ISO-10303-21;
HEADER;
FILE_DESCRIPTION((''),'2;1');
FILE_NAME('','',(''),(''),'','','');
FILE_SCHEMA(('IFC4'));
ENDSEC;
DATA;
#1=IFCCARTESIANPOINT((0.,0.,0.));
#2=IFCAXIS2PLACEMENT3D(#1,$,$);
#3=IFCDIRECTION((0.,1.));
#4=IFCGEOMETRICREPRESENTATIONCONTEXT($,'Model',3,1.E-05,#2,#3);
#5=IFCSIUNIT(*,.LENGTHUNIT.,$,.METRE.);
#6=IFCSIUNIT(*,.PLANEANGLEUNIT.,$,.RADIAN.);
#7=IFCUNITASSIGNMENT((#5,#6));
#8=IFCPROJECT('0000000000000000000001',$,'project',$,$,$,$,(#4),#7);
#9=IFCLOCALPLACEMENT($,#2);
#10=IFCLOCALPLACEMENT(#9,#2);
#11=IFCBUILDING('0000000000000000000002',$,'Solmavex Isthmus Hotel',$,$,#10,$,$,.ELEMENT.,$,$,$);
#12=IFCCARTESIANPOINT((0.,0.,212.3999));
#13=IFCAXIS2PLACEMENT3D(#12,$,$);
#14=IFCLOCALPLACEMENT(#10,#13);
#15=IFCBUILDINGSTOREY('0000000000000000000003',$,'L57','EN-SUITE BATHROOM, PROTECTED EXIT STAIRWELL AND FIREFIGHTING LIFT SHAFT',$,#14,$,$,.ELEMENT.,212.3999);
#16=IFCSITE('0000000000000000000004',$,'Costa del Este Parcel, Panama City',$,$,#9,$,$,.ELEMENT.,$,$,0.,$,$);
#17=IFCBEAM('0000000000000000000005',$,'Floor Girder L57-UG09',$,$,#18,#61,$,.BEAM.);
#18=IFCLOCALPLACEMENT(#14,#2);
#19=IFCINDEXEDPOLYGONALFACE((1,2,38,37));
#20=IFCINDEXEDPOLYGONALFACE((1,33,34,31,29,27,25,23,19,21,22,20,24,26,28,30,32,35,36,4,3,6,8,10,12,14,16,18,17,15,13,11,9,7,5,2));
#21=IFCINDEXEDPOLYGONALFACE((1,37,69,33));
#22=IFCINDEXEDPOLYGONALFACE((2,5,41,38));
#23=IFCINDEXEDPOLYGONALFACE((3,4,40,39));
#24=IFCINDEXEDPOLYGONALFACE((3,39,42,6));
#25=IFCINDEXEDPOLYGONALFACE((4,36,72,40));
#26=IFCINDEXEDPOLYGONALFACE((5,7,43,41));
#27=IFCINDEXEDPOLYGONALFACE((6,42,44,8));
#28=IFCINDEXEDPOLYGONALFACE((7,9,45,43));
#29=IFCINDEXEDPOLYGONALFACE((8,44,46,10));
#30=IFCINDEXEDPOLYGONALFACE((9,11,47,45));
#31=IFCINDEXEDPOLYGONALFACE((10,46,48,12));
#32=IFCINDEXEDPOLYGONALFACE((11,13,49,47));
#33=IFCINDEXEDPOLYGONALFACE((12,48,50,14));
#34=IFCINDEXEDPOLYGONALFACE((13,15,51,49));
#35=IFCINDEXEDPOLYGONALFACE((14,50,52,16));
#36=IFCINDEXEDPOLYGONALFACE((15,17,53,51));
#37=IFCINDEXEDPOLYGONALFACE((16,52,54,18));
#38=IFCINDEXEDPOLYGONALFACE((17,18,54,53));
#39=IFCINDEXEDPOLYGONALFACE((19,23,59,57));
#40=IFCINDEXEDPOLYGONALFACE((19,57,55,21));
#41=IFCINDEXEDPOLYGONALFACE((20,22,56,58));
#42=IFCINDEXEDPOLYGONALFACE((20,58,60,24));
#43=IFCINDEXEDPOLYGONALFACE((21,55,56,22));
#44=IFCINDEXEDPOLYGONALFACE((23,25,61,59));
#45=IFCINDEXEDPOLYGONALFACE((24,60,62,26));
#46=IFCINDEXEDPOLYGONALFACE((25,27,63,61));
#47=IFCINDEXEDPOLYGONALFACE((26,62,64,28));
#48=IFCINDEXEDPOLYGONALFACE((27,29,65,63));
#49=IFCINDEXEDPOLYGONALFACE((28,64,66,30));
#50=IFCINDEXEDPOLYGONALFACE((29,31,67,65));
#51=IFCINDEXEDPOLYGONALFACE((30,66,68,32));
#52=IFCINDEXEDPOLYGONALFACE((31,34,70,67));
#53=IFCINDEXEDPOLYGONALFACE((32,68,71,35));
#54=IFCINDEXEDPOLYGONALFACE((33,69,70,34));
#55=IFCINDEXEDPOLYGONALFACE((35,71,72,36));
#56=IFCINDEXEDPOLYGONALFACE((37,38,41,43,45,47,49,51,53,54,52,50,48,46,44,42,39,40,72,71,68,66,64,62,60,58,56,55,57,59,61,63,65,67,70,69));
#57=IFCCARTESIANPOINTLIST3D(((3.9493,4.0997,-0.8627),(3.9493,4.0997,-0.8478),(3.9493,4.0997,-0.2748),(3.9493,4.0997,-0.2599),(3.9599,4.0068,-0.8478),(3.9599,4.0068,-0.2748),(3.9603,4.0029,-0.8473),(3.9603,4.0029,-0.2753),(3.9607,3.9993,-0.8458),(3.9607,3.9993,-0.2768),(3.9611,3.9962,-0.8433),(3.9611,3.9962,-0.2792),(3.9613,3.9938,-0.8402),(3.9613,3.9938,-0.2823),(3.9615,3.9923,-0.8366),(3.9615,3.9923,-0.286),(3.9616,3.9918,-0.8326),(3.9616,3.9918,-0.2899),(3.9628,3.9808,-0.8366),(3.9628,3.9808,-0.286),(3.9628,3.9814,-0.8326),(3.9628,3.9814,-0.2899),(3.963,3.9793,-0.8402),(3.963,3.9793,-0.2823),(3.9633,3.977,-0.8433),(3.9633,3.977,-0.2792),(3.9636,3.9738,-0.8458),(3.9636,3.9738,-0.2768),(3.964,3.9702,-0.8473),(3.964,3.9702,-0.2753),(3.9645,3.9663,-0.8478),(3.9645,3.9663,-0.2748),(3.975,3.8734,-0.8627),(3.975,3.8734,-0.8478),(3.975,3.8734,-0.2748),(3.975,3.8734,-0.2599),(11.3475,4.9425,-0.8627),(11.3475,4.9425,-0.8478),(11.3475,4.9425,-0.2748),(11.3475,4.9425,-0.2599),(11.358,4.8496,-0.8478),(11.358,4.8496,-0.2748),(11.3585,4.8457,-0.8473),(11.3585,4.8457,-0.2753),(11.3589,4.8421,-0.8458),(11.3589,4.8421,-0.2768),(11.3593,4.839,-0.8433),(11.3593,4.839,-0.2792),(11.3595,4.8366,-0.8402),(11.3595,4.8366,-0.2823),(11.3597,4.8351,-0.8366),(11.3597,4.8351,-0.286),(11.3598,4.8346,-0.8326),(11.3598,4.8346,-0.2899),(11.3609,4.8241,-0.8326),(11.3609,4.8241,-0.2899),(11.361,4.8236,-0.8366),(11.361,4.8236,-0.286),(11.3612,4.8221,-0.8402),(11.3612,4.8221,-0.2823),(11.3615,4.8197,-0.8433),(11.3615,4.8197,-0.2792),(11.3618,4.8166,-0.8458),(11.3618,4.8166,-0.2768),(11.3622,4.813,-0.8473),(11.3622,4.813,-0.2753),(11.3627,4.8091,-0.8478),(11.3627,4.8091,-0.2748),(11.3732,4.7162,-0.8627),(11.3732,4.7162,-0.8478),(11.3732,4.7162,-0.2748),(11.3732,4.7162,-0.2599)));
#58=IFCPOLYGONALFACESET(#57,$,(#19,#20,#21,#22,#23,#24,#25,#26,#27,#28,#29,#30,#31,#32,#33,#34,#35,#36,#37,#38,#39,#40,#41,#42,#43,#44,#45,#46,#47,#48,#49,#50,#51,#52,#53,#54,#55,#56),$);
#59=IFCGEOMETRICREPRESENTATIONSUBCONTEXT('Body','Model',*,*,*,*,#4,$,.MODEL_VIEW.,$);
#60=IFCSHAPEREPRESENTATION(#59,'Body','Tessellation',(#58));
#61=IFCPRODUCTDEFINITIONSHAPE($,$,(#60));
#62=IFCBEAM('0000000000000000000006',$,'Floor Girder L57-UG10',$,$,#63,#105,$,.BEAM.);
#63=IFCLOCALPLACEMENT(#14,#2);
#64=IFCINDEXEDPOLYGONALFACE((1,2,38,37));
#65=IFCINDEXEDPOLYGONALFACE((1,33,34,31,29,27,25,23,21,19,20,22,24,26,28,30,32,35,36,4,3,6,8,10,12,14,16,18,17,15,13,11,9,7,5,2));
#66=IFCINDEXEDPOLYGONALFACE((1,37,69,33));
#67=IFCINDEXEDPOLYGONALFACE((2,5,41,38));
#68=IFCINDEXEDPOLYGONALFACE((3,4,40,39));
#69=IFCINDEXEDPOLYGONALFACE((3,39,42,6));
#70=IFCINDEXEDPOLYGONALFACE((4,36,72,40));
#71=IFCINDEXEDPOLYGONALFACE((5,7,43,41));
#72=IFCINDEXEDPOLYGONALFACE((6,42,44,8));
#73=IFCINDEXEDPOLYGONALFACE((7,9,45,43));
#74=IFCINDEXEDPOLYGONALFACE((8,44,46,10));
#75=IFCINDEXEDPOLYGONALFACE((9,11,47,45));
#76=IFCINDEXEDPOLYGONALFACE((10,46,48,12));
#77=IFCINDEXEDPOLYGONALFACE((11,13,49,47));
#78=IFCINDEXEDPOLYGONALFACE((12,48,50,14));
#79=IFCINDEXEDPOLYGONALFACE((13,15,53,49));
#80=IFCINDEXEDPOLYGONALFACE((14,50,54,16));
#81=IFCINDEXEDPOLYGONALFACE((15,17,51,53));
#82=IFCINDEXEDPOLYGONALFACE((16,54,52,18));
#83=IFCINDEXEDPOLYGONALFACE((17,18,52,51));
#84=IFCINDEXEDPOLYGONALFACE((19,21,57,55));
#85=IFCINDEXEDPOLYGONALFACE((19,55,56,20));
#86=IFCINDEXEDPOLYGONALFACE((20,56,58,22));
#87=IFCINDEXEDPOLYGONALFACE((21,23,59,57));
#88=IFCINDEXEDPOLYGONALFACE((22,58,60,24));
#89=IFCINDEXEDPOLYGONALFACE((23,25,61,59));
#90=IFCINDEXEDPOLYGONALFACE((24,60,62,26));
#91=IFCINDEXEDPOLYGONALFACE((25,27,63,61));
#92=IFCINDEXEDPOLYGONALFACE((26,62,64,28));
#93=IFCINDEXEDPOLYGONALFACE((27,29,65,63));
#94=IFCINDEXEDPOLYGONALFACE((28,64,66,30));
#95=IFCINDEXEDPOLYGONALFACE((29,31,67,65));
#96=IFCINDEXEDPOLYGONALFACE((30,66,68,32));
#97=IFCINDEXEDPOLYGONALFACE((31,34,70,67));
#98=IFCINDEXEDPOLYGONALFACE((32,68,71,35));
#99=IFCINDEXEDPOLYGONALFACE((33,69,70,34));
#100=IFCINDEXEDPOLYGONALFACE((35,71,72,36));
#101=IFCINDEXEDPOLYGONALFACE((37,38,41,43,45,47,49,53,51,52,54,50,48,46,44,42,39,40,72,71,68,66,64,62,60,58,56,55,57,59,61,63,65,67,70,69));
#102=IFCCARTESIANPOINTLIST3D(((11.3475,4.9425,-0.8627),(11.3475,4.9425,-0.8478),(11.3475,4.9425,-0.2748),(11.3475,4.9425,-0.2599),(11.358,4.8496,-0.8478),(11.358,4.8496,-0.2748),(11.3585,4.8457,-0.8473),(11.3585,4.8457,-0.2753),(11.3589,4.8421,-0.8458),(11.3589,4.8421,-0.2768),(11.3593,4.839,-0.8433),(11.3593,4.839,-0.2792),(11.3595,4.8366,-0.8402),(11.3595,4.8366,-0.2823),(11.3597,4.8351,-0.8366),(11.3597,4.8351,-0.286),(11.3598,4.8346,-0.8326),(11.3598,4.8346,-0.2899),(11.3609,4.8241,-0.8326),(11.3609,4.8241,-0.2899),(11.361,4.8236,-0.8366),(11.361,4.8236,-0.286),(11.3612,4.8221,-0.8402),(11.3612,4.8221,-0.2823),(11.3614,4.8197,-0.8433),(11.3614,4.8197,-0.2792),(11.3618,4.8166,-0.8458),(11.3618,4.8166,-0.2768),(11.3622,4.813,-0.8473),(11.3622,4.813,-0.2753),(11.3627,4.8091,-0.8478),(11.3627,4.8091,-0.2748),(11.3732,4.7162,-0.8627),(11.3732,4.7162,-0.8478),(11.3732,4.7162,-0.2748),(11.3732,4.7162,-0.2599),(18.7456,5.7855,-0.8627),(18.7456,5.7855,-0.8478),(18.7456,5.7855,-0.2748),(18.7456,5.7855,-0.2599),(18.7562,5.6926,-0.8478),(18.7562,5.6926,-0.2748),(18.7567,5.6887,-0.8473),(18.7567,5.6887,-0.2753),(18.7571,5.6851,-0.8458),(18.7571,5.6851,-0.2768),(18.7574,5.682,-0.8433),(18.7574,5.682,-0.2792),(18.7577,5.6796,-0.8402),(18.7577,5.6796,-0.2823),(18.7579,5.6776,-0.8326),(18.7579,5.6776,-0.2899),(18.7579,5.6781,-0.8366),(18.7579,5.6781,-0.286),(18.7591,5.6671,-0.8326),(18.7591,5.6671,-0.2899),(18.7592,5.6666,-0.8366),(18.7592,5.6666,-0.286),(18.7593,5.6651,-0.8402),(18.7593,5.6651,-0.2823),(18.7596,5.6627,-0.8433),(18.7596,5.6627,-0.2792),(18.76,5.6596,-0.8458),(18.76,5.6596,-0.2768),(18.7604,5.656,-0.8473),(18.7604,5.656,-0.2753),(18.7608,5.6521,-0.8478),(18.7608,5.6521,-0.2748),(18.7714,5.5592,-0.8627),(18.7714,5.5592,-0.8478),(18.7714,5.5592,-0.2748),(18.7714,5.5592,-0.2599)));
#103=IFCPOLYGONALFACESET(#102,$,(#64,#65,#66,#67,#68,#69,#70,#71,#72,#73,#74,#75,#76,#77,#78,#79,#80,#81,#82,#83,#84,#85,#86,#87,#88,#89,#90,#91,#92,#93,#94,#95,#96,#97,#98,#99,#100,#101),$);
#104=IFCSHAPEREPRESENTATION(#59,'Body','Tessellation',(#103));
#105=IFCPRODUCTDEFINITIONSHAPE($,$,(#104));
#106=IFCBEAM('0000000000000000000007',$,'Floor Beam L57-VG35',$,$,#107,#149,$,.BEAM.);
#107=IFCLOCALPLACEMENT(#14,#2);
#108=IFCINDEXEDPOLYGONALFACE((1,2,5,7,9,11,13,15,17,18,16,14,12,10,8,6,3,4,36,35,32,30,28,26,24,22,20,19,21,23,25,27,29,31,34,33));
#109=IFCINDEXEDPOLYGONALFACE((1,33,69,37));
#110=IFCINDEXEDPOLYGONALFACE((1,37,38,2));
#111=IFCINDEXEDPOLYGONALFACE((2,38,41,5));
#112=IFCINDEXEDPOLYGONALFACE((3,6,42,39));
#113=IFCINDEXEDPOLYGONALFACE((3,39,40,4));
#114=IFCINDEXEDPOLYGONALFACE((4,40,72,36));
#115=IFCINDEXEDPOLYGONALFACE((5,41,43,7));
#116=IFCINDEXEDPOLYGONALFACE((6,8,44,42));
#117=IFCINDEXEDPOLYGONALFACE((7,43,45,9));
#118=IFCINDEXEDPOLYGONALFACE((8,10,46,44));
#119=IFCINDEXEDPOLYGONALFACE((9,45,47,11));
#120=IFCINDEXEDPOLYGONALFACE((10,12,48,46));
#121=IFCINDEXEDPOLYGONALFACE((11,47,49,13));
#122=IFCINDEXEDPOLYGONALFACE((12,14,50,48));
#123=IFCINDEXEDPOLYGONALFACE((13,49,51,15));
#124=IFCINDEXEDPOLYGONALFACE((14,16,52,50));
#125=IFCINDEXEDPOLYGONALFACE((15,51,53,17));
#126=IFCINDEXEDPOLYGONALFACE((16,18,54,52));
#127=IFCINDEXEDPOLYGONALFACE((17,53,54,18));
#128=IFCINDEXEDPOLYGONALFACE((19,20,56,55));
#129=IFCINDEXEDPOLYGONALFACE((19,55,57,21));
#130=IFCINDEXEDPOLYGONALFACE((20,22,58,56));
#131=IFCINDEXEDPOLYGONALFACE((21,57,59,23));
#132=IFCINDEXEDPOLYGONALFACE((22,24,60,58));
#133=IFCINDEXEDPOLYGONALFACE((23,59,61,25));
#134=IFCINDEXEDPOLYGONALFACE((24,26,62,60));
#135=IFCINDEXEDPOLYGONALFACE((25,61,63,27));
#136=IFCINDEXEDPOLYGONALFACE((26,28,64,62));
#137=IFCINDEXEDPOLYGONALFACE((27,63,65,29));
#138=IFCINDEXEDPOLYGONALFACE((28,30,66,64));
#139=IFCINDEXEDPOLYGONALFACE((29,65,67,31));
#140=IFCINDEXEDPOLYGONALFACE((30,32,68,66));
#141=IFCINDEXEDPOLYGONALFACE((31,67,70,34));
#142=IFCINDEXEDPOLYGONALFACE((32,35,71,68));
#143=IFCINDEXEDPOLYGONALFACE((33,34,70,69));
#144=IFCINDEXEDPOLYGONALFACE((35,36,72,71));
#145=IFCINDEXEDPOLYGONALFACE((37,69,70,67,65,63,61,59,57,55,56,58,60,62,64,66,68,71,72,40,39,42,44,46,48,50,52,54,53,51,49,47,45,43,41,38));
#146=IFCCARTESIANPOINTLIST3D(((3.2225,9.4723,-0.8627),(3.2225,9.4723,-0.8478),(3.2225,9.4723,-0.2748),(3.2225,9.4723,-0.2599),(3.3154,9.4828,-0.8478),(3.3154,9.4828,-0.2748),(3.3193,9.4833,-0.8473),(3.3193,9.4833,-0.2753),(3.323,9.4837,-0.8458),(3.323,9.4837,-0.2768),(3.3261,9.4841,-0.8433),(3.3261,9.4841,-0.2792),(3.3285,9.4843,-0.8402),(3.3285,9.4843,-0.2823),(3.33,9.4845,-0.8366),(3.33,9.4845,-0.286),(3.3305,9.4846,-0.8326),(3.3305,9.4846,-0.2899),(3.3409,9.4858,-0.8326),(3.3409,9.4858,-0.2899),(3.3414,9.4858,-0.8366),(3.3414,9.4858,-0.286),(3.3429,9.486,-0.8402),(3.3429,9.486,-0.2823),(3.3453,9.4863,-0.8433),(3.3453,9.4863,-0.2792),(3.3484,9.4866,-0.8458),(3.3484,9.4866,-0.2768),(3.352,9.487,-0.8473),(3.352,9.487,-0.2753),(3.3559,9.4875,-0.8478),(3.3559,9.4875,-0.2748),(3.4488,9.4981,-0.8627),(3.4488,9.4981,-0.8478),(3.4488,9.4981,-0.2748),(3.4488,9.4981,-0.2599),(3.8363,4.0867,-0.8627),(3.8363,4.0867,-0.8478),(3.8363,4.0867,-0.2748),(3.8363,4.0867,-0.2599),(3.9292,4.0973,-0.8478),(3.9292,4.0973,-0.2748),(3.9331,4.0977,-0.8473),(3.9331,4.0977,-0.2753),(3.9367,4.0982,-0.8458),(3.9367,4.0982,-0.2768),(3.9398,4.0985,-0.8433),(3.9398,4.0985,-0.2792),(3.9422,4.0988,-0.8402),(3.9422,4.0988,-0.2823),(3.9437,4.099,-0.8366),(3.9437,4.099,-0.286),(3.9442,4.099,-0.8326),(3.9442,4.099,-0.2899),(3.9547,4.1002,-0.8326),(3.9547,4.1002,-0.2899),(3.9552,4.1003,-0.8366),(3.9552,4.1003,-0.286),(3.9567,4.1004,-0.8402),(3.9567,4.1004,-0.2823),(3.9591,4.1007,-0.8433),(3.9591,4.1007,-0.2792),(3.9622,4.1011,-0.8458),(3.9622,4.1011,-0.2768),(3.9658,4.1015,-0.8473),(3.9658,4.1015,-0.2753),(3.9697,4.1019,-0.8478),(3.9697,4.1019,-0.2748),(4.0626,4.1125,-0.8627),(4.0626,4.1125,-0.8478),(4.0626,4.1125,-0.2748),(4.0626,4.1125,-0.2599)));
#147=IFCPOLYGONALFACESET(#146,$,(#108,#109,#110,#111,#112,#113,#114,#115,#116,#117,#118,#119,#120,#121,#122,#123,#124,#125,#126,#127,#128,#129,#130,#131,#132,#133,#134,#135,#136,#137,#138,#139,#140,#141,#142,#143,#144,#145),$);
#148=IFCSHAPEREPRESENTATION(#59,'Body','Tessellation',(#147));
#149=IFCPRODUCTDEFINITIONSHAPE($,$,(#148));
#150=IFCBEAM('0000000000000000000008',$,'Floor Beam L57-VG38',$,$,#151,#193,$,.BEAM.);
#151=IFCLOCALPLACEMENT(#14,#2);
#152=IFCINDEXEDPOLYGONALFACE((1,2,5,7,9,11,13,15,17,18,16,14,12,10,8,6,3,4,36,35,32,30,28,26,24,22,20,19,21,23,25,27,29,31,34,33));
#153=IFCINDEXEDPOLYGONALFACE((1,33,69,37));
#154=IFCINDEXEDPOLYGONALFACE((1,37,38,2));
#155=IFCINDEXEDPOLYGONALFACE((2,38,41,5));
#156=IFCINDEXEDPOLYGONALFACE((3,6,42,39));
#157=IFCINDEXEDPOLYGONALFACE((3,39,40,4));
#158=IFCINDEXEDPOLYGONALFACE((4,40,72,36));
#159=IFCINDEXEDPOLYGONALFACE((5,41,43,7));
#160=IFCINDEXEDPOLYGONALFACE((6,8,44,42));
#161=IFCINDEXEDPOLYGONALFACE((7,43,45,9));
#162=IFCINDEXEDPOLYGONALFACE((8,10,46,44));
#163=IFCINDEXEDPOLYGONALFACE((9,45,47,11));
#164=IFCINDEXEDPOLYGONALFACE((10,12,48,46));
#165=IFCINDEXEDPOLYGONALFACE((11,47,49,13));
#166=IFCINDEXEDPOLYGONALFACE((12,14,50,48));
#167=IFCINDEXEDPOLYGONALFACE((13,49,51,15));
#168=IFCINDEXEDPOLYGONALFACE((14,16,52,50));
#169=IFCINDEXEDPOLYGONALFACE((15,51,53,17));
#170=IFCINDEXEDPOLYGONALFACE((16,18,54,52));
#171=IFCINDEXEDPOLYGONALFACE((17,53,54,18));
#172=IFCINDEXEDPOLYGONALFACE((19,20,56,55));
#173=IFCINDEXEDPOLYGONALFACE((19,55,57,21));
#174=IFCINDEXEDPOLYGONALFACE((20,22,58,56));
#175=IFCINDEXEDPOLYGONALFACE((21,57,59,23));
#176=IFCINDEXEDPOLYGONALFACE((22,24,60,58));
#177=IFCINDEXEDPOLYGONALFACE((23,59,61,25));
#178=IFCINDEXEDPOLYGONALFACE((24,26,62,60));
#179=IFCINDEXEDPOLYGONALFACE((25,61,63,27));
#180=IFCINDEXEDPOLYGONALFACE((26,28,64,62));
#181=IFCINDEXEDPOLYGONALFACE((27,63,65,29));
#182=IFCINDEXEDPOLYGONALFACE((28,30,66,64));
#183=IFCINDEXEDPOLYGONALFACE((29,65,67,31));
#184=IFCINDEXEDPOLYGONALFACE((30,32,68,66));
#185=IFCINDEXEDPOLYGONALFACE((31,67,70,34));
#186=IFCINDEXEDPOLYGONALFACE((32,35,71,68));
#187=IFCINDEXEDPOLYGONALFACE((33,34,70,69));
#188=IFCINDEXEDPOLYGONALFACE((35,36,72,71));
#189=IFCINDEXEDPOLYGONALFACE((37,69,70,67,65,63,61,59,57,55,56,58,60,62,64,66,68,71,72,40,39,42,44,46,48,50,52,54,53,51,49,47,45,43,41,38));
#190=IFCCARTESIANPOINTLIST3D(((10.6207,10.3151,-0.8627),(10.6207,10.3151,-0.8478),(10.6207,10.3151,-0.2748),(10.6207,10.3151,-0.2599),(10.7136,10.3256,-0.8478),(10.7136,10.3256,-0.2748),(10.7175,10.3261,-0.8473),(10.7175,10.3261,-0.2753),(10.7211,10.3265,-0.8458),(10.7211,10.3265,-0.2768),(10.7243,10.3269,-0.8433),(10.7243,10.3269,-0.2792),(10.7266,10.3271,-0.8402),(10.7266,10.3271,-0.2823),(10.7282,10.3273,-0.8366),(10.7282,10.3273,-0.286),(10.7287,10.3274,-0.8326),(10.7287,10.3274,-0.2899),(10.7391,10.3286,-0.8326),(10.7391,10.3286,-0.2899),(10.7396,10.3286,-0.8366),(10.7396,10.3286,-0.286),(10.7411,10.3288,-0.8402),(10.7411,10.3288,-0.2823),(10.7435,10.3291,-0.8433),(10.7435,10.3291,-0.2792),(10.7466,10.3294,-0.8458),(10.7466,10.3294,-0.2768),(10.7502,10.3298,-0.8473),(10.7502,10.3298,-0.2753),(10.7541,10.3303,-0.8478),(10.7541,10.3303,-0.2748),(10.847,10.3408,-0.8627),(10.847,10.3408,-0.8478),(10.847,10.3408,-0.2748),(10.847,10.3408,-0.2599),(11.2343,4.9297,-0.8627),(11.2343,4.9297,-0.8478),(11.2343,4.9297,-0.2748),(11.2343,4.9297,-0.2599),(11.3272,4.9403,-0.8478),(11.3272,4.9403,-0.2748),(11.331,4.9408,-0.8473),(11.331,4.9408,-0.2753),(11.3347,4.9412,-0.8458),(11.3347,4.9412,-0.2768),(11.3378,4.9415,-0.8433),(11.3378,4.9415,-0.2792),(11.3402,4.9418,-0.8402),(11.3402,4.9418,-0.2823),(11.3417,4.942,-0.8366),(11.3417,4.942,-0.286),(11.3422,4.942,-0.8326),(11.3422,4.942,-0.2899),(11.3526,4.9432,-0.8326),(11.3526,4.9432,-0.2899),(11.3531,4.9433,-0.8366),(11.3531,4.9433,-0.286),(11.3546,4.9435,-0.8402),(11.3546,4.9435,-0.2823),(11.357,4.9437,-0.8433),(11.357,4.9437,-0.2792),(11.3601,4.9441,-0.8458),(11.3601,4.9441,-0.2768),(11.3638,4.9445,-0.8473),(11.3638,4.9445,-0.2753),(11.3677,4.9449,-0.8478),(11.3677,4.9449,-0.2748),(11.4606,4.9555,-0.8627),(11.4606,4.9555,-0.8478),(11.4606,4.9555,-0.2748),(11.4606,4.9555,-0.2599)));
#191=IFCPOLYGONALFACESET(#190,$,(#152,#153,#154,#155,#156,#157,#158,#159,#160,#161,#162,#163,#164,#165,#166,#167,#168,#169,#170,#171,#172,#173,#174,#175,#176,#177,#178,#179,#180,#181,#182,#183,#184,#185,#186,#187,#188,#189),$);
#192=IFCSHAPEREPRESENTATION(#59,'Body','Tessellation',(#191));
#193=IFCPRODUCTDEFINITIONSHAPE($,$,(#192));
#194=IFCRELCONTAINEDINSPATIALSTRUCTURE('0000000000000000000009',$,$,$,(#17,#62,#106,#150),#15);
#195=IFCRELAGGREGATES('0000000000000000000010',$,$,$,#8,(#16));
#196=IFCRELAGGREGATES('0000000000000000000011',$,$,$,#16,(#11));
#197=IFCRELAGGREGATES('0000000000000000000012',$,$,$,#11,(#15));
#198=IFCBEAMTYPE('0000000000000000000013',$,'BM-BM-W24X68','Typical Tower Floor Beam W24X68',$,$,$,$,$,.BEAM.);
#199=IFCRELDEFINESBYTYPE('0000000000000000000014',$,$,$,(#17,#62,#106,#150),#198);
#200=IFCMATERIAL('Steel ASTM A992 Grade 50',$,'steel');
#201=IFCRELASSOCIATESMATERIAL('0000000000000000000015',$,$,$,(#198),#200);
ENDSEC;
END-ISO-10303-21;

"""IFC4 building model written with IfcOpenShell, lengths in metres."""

from ifc_helpers import new_model, si_unit, direction, frame, origin, origin_2d, place, context, subcontext, project, spatial, i_section, extrude, material, material_profile, profile_set, type_object, element, save


model = new_model("IFC4")

# Units and contexts
model_context = context("Model", 3, precision=1e-05, world=origin(), true_north=direction((0.0, 1.0)))
body_context = subcontext(model_context, "Body", "Model", "MODEL_VIEW")
ifc_project = project(units=[si_unit("LENGTHUNIT", "METRE"), si_unit("PLANEANGLEUNIT", "RADIAN")], contexts=[model_context])

# Site, building, storey
site_placement = place(None, origin())
site = spatial("IfcSite", under=ifc_project, at=site_placement, Name="Costa del Este Parcel, Panama City", CompositionType="ELEMENT", RefElevation=0.0)
building_placement = place(site_placement, origin())
building = spatial("IfcBuilding", under=site, at=building_placement, Name="Solmavex Isthmus Hotel", CompositionType="ELEMENT")
storey_placement = place(building_placement, frame((0.0, 0.0, 212.3999)))
storey = spatial("IfcBuildingStorey", under=building, at=storey_placement, Name="L57", Description="EN-SUITE BATHROOM, PROTECTED EXIT STAIRWELL AND FIREFIGHTING LIFT SHAFT", CompositionType="ELEMENT", Elevation=212.3999)

# Beams
ifc_material_1 = material(Name="Steel ASTM A992 Grade 50", Category="steel")
ifc_material_profile_1 = material_profile(ifc_material_1, i_section(OverallWidth=0.2278, OverallDepth=0.6028, WebThickness=0.0105, FlangeThickness=0.0149, FilletRadius=0.0151, at=origin_2d()), Name="W24X68")
ifc_profile_set_1 = profile_set([ifc_material_profile_1], Name="Steel ASTM A992 Grade 50")
beam_type_1 = type_object("IfcBeamType", Name="BM-BM-W24X68", Description="Typical Tower Floor Beam W24X68", PredefinedType="BEAM", material=ifc_profile_set_1)
for number, where, z_axis, x_axis, name in (
    (1, (3.9622, 3.9866, -0.5613), (0.993574, 0.113184, 0.0), (-0.113184, 0.993574, 0.0), "Floor Girder L57-UG09"),
    (2, (11.3604, 4.8293, -0.5613), (0.99357, 0.113216, 0.0), (-0.113216, 0.99357, 0.0), "Floor Girder L57-UG10"),
):
    element("IfcBeam", number, at=place(storey_placement, frame(where, z_axis=z_axis, x_axis=x_axis)), inside=storey, type_object=beam_type_1, Name=name, PredefinedType="BEAM", context=body_context, shape_type="SweptSolid", body=[
        extrude(i_section(OverallWidth=0.2278, OverallDepth=0.6028, WebThickness=0.0105, FlangeThickness=0.0149, FilletRadius=0.0151, at=origin_2d()), origin(), (0.0, 0.0, 1.0), 7.446),
    ])
beam_1_placement = place(storey_placement, frame((3.9495, 4.0996, -0.5613), z_axis=(-0.113234, 0.993568, 0.0), x_axis=(-0.993568, -0.113234, 0.0)))
element("IfcBeam", 3, at=beam_1_placement, inside=storey, type_object=beam_type_1, Name="Floor Beam L57-VG35", PredefinedType="BEAM", context=body_context, shape_type="SweptSolid", body=[
    extrude(i_section(OverallWidth=0.2278, OverallDepth=0.6028, WebThickness=0.0105, FlangeThickness=0.0149, FilletRadius=0.0151, at=origin_2d()), origin(), (0.0, 0.0, 1.0), 5.4204),
])
beam_2_placement = place(storey_placement, frame((11.3474, 4.9426, -0.5613), z_axis=(-0.113195, 0.993573, 0.0), x_axis=(-0.993573, -0.113195, 0.0)))
element("IfcBeam", 4, at=beam_2_placement, inside=storey, type_object=beam_type_1, Name="Floor Beam L57-VG38", PredefinedType="BEAM", context=body_context, shape_type="SweptSolid", body=[
    extrude(i_section(OverallWidth=0.2278, OverallDepth=0.6028, WebThickness=0.0105, FlangeThickness=0.0149, FilletRadius=0.0151, at=origin_2d()), origin(), (0.0, 0.0, 1.0), 5.4202),
])

save(model, "model.ifc")
